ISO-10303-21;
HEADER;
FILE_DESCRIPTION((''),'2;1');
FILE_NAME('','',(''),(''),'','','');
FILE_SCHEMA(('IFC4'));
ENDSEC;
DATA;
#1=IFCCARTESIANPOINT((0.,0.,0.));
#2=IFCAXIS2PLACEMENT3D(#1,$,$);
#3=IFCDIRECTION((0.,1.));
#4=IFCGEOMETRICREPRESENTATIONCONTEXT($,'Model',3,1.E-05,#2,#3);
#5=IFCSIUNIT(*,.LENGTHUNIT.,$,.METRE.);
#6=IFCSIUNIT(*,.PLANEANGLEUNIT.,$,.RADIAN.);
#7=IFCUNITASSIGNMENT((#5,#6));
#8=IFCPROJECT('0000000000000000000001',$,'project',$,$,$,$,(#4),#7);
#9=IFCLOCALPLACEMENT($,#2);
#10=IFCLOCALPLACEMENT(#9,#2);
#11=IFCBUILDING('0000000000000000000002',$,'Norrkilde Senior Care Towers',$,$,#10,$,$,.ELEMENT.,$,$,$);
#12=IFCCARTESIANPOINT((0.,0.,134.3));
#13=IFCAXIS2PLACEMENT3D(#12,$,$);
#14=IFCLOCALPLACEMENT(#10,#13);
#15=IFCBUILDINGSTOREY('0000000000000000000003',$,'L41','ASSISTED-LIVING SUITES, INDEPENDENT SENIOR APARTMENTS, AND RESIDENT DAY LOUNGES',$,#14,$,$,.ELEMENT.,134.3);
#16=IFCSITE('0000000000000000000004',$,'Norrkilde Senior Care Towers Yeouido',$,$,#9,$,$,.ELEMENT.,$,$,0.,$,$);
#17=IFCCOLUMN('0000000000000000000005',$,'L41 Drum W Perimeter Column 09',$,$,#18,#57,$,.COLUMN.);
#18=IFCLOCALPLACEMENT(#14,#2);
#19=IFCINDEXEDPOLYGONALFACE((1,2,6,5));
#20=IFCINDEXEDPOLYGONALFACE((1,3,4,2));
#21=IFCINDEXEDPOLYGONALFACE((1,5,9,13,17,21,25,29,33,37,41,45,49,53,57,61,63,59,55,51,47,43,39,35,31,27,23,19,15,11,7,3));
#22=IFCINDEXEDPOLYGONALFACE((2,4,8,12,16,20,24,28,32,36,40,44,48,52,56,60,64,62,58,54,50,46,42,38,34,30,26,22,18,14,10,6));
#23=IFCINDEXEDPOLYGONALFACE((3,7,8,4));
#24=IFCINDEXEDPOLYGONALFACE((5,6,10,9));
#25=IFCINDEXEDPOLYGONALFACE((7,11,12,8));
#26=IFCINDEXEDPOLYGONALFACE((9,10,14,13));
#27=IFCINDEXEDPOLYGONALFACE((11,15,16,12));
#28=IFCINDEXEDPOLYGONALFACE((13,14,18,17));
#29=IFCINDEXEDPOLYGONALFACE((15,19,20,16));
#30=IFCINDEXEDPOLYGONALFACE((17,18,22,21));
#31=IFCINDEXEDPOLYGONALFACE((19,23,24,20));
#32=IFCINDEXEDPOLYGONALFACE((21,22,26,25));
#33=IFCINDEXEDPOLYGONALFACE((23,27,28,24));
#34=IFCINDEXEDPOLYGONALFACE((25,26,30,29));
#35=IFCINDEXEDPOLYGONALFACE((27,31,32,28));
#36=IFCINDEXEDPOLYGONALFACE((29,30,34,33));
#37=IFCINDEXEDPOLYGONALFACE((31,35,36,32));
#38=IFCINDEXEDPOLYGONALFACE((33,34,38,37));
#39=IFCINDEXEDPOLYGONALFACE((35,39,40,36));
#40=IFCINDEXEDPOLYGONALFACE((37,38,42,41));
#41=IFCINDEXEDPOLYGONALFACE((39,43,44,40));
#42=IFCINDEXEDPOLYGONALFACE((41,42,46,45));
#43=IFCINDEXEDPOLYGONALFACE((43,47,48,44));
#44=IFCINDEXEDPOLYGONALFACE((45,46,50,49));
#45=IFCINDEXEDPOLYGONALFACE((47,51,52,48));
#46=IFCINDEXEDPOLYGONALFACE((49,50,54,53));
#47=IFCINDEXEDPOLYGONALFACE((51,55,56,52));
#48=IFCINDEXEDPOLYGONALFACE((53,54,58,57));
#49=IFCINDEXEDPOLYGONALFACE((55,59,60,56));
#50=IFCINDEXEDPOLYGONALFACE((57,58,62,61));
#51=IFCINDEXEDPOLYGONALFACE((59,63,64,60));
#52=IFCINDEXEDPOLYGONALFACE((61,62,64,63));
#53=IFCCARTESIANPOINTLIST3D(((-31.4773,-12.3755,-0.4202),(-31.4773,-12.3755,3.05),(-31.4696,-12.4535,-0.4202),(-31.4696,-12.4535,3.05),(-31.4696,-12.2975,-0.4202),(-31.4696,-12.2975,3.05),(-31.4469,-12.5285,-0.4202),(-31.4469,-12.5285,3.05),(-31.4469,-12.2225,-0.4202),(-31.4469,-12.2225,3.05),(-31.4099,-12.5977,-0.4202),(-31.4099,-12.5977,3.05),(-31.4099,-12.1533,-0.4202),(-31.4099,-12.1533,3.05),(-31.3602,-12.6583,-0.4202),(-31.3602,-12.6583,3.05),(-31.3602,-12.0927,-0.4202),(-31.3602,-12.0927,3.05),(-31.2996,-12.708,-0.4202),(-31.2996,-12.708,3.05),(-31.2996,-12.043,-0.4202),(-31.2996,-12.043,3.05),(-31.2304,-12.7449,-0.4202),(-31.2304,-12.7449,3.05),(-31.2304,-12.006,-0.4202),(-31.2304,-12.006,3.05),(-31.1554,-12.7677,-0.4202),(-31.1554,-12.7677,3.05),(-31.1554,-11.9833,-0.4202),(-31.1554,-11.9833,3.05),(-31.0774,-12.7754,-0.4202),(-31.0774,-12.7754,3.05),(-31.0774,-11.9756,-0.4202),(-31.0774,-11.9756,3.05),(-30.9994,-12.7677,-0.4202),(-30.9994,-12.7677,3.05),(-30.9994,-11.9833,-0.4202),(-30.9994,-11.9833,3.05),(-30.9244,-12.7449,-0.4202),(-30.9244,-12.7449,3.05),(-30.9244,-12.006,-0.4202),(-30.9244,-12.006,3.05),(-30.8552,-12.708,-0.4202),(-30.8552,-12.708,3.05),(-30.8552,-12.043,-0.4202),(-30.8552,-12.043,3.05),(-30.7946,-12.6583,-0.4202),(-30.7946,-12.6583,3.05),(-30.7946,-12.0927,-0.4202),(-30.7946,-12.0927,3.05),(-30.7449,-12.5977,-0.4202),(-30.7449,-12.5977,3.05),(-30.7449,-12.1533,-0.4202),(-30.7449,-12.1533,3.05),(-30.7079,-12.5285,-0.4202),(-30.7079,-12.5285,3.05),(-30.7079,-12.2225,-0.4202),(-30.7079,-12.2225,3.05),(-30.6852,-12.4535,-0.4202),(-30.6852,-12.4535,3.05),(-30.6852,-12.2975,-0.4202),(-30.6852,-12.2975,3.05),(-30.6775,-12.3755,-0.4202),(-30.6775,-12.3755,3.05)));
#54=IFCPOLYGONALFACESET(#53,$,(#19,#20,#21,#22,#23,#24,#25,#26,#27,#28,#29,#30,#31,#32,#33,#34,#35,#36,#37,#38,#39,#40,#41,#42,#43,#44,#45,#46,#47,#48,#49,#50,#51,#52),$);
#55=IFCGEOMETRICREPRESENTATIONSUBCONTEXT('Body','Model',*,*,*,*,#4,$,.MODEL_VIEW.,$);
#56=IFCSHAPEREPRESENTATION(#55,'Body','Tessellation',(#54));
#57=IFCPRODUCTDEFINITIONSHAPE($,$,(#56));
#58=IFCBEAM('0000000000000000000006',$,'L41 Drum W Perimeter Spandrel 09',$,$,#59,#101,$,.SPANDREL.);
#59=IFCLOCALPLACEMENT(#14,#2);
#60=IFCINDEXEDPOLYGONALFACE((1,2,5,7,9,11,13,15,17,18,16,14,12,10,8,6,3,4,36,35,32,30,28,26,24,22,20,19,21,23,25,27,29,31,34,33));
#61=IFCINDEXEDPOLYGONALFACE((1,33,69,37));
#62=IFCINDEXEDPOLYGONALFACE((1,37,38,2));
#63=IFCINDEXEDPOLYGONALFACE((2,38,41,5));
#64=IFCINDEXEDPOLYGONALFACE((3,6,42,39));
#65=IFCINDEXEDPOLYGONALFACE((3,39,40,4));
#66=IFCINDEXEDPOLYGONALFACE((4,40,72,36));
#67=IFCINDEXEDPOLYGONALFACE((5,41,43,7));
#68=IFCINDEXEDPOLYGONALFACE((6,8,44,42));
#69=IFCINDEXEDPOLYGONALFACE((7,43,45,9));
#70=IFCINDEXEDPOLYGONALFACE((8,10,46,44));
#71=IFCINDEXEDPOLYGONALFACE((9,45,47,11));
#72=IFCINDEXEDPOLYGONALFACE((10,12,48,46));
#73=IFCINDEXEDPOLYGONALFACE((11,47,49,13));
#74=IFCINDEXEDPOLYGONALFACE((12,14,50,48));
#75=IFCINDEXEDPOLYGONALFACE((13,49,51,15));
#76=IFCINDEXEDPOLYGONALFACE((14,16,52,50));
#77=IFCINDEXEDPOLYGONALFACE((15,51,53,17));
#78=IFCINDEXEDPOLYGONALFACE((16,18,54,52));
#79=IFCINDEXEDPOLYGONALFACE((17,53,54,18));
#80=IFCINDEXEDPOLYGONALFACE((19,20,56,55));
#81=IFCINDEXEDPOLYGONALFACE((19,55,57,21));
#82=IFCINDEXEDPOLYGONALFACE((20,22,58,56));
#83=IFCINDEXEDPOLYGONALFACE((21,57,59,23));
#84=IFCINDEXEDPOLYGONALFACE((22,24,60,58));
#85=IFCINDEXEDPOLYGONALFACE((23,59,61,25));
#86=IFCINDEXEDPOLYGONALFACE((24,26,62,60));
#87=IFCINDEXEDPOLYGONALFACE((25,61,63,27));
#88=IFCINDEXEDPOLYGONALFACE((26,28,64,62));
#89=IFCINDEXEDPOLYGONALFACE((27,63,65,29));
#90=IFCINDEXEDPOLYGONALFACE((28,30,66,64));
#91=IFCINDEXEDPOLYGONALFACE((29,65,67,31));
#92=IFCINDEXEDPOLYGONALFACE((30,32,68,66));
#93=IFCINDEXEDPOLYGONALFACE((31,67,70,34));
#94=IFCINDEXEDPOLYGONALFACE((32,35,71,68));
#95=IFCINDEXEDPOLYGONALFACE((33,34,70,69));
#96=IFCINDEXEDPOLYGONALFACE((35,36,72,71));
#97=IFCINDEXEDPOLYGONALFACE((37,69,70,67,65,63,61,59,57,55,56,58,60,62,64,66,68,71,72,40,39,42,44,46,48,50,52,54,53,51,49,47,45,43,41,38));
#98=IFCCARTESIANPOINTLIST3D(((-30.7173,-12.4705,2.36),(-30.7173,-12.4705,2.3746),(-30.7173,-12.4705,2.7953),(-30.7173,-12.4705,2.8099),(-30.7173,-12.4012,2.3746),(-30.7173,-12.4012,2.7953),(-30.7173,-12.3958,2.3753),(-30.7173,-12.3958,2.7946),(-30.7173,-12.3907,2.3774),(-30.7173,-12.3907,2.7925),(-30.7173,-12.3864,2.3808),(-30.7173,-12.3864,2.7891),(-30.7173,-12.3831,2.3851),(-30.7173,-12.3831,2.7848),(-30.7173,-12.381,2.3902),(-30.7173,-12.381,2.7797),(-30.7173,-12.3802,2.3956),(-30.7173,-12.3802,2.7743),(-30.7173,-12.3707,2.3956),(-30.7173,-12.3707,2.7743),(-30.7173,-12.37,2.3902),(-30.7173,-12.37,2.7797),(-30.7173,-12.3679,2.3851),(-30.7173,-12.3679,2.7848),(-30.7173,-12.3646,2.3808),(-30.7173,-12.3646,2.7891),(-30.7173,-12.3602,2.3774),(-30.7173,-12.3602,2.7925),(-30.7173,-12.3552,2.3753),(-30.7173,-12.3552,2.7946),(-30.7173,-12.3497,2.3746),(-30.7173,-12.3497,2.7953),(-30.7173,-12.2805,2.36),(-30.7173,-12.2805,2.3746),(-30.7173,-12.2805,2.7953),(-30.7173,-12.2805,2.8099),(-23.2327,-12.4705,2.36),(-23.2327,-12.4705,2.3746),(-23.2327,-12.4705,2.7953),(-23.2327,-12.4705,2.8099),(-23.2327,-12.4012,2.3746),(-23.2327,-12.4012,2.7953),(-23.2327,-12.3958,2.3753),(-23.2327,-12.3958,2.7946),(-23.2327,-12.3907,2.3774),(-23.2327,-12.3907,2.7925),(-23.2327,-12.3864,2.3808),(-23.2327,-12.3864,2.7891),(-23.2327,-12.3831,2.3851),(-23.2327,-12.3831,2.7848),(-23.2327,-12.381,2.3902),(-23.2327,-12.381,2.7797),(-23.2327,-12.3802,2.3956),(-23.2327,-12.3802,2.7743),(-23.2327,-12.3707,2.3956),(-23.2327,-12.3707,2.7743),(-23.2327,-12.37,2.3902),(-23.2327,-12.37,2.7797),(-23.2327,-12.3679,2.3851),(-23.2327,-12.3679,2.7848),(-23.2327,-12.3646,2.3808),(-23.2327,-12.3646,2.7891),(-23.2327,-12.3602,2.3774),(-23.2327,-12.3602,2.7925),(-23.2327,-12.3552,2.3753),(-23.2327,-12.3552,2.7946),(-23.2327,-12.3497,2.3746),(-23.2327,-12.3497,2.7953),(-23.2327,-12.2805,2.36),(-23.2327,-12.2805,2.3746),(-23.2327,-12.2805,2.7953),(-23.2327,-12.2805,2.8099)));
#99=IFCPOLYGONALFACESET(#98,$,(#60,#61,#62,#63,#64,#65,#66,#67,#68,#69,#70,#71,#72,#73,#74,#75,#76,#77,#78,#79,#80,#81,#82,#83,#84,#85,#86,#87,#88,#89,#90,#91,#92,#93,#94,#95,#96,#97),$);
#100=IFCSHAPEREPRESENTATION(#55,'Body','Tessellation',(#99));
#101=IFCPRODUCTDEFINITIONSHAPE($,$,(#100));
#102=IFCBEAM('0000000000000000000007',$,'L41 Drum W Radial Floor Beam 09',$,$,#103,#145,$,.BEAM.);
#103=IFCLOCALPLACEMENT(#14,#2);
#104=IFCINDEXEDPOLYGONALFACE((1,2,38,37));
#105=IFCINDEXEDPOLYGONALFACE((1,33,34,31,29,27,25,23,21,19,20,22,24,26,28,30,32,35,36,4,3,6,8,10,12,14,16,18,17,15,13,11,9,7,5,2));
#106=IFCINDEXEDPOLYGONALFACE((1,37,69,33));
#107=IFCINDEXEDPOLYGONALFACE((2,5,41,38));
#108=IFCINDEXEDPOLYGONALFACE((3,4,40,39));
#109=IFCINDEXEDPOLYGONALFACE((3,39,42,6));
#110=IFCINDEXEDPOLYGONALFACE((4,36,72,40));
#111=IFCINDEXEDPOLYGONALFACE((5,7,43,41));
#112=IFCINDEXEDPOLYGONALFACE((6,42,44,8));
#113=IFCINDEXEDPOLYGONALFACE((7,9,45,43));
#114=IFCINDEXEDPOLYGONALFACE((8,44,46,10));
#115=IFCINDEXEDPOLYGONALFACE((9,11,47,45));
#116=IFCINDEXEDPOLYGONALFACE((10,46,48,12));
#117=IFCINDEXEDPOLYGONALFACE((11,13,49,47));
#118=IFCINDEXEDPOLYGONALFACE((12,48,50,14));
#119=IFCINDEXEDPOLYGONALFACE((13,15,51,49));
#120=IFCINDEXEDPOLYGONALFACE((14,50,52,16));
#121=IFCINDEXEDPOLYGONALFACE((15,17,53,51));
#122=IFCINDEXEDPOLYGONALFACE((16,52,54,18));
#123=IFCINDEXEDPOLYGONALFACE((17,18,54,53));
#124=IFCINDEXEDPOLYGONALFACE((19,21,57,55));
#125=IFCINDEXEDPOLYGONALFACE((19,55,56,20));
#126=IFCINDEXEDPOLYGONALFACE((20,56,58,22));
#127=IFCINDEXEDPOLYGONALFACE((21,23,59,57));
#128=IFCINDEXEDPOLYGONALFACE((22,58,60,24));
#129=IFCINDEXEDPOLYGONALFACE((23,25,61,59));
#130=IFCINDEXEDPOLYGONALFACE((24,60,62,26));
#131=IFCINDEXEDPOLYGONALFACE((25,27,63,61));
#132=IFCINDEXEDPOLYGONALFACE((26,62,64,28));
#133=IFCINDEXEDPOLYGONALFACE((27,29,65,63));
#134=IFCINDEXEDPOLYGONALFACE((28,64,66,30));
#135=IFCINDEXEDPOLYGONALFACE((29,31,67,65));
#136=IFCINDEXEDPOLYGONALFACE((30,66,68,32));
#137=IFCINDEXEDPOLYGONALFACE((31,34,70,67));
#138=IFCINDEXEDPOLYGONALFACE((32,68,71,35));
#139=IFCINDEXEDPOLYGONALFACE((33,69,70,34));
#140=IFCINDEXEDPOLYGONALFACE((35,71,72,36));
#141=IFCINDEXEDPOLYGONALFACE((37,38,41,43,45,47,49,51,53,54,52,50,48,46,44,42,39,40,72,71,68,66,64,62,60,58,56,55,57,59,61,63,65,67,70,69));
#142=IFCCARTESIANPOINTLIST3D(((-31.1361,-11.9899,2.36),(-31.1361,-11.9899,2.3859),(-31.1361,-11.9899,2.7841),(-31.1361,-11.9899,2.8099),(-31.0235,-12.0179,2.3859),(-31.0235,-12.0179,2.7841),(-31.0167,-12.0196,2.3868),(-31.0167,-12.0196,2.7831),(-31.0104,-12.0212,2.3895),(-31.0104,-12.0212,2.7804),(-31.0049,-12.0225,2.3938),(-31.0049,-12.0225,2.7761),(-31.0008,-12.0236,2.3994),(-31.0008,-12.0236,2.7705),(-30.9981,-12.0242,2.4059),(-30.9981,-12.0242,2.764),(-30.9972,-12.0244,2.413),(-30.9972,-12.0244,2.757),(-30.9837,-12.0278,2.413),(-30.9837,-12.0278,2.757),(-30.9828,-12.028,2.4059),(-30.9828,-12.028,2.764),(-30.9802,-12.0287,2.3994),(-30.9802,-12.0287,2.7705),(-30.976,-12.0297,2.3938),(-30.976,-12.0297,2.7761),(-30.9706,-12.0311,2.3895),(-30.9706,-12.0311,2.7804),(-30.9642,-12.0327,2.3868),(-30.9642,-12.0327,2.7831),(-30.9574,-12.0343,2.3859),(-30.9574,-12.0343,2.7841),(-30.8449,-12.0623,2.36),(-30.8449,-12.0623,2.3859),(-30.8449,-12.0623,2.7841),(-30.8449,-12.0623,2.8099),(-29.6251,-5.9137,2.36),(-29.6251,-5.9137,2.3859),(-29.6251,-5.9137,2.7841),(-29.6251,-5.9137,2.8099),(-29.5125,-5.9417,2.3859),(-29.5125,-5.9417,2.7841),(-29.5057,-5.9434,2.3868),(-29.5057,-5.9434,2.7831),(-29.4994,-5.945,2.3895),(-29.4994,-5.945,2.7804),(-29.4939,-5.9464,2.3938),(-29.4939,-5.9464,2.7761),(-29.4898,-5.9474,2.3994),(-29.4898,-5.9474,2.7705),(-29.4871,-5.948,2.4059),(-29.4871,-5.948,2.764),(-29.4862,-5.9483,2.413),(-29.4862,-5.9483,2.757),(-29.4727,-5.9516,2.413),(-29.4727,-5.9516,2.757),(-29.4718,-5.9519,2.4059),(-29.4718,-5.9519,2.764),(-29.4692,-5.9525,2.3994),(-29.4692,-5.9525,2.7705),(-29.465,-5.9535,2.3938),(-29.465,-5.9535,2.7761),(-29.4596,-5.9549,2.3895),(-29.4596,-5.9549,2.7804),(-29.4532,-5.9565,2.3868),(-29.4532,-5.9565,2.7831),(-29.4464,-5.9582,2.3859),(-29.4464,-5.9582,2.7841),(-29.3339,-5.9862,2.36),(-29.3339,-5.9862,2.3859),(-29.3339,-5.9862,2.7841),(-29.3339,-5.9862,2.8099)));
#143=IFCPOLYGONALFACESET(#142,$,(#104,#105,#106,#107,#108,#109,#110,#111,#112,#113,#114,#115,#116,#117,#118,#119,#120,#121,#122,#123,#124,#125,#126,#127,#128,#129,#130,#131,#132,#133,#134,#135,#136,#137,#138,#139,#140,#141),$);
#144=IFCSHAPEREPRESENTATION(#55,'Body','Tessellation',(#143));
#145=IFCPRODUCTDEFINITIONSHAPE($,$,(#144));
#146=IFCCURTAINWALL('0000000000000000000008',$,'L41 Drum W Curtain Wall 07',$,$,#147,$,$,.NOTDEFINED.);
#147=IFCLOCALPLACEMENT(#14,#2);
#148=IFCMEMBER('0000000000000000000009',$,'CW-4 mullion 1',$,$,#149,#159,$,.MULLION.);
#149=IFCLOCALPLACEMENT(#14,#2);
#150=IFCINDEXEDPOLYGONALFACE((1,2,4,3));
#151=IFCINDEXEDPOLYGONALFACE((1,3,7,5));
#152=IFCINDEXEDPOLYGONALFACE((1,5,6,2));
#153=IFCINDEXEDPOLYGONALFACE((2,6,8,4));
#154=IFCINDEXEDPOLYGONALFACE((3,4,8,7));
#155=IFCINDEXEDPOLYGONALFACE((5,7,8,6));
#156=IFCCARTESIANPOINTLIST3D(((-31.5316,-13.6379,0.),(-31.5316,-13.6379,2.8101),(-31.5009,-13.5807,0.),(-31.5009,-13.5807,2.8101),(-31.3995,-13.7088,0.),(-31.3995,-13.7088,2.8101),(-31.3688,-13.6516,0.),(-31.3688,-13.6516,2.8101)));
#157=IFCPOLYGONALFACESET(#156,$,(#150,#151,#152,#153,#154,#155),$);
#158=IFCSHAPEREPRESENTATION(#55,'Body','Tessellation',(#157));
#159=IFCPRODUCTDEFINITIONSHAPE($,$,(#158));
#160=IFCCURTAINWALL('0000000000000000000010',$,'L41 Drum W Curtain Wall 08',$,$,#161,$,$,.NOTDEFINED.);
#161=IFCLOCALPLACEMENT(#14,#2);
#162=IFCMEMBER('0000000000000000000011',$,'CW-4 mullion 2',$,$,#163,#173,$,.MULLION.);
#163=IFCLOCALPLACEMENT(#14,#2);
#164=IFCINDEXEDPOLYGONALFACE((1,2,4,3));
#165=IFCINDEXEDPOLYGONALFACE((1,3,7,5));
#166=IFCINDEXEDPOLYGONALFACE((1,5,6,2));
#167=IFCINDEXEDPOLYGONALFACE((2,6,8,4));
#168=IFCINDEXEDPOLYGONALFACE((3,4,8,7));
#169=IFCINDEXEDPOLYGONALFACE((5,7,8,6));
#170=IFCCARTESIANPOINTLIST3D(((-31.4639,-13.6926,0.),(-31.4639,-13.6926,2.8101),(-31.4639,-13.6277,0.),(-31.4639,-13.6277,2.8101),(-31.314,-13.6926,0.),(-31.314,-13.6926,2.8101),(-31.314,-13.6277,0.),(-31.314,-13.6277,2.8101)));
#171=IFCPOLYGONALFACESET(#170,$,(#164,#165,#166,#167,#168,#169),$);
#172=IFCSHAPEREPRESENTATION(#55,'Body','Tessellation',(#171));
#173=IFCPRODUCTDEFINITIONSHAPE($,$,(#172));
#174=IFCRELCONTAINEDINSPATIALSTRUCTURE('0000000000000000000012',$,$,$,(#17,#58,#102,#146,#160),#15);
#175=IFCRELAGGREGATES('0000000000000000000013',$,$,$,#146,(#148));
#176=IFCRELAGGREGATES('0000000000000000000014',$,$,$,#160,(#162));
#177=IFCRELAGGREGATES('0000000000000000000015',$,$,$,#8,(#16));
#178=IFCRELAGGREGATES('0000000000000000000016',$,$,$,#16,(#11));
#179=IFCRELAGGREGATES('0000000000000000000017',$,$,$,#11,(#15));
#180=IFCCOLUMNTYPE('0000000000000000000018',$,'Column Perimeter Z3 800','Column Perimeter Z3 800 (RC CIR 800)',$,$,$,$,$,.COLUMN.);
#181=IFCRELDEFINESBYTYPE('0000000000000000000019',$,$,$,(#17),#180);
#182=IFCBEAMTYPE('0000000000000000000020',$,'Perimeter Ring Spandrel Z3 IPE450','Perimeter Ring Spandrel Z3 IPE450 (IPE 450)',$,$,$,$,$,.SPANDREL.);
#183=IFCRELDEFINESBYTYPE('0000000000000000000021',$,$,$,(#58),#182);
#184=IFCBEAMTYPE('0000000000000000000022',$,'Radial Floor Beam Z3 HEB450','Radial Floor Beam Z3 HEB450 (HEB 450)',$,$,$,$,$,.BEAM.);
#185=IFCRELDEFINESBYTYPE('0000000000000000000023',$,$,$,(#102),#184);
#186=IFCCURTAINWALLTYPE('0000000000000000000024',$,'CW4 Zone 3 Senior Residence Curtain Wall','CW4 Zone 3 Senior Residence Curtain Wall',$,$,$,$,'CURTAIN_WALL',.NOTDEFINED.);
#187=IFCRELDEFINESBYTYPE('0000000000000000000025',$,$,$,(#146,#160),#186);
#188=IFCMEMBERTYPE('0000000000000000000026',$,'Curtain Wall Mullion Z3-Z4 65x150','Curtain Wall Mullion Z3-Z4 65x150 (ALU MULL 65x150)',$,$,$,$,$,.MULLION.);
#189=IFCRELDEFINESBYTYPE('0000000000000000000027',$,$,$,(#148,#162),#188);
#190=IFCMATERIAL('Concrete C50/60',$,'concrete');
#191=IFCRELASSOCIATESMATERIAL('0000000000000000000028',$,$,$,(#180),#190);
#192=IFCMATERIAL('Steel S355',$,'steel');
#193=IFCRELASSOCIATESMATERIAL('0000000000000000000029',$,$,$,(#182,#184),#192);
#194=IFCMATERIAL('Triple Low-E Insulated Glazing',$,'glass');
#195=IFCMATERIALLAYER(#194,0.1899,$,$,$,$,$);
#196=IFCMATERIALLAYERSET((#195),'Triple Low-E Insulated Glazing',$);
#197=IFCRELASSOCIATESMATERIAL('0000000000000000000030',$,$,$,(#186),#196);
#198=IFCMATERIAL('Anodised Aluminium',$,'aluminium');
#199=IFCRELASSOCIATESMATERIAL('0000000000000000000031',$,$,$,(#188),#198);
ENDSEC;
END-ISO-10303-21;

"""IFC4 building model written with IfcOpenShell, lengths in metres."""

from ifc_helpers import new_model, si_unit, direction, frame, origin, origin_2d, place, context, subcontext, project, spatial, rectangle, circle, i_section, extrude, source, transform, mapped, material, layer, layer_set, material_profile, profile_set, type_object, type_shapes, element, aggregate, save


model = new_model("IFC4")

# Units and contexts
model_context = context("Model", 3, precision=1e-05, world=origin(), true_north=direction((0.0, 1.0)))
body_context = subcontext(model_context, "Body", "Model", "MODEL_VIEW")
ifc_project = project(units=[si_unit("LENGTHUNIT", "METRE"), si_unit("PLANEANGLEUNIT", "RADIAN")], contexts=[model_context])

# Site, building, storey
site_placement = place(None, origin())
site = spatial("IfcSite", under=ifc_project, at=site_placement, Name="Norrkilde Senior Care Towers Yeouido", CompositionType="ELEMENT", RefElevation=0.0)
building_placement = place(site_placement, origin())
building = spatial("IfcBuilding", under=site, at=building_placement, Name="Norrkilde Senior Care Towers", CompositionType="ELEMENT")
storey_placement = place(building_placement, frame((0.0, 0.0, 134.3)))
storey = spatial("IfcBuildingStorey", under=building, at=storey_placement, Name="L41", Description="ASSISTED-LIVING SUITES, INDEPENDENT SENIOR APARTMENTS, AND RESIDENT DAY LOUNGES", CompositionType="ELEMENT", Elevation=134.3)

# Column
ifc_material_1 = material(Name="Concrete C50/60", Category="concrete")
ifc_material_profile_1 = material_profile(ifc_material_1, circle(Radius=0.3999, at=origin_2d()), Name="RC CIR 800")
ifc_profile_set_1 = profile_set([ifc_material_profile_1], Name="Concrete C50/60")
column_type = type_object("IfcColumnType", Name="Column Perimeter Z3 800", Description="Column Perimeter Z3 800 (RC CIR 800)", PredefinedType="COLUMN", material=ifc_profile_set_1)
shared_shape_1 = source(origin(), body_context, "Body", "SweptSolid", [
    extrude(circle(Radius=0.3999, at=origin_2d()), origin(), (0.0, 0.0, 1.0), 3.4702),
])
type_shapes(column_type, [shared_shape_1])
column_placement = place(storey_placement, frame((-31.0774, -12.3755, -0.4202), z_axis=(0.0, 0.0, 1.0), x_axis=(1.0, 0.0, 0.0)))
element("IfcColumn", 1, at=column_placement, inside=storey, type_object=column_type, Name="L41 Drum W Perimeter Column 09", PredefinedType="COLUMN", context=body_context, shape_type="MappedRepresentation", body=[
    mapped(shared_shape_1, transform((0.0, 0.0, 0.0), x_axis=(1.0, 0.0, 0.0), y_axis=(0.0, 1.0, 0.0), z_axis=(0.0, 0.0, 1.0), scale=1.0)),
])

# Beams
ifc_material_2 = material(Name="Steel S355", Category="steel")
ifc_material_profile_2 = material_profile(ifc_material_2, i_section(OverallWidth=0.1899, OverallDepth=0.45, WebThickness=0.0095, FlangeThickness=0.0146, FilletRadius=0.021, at=origin_2d()), Name="IPE 450")
ifc_profile_set_2 = profile_set([ifc_material_profile_2], Name="Steel S355")
beam_type_1 = type_object("IfcBeamType", Name="Perimeter Ring Spandrel Z3 IPE450", Description="Perimeter Ring Spandrel Z3 IPE450 (IPE 450)", PredefinedType="SPANDREL", material=ifc_profile_set_2)
shared_shape_2 = source(origin(), body_context, "Body", "SweptSolid", [
    extrude(i_section(OverallWidth=0.1899, OverallDepth=0.45, WebThickness=0.0095, FlangeThickness=0.0146, FilletRadius=0.021, at=origin_2d()), origin(), (0.0, 0.0, 1.0), 7.4846),
])
type_shapes(beam_type_1, [shared_shape_2])
beam_1_placement = place(storey_placement, frame((-30.7173, -12.3755, 2.585), z_axis=(1.0, 0.0, 0.0), x_axis=(0.0, 1.0, 0.0)))
element("IfcBeam", 2, at=beam_1_placement, inside=storey, type_object=beam_type_1, Name="L41 Drum W Perimeter Spandrel 09", PredefinedType="SPANDREL", context=body_context, shape_type="MappedRepresentation", body=[
    mapped(shared_shape_2, transform((0.0, 0.0, 0.0), x_axis=(1.0, 0.0, 0.0), y_axis=(0.0, 1.0, 0.0), z_axis=(0.0, 0.0, 1.0), scale=1.0)),
])
ifc_material_profile_3 = material_profile(ifc_material_2, i_section(OverallWidth=0.3, OverallDepth=0.45, WebThickness=0.0139, FlangeThickness=0.0259, FilletRadius=0.0271, at=origin_2d()), Name="HEB 450")
ifc_profile_set_3 = profile_set([ifc_material_profile_3], Name="Steel S355")
beam_type_2 = type_object("IfcBeamType", Name="Radial Floor Beam Z3 HEB450", Description="Radial Floor Beam Z3 HEB450 (HEB 450)", PredefinedType="BEAM", material=ifc_profile_set_3)
shared_shape_3 = source(origin(), body_context, "Body", "SweptSolid", [
    extrude(i_section(OverallWidth=0.3, OverallDepth=0.45, WebThickness=0.0139, FlangeThickness=0.0259, FilletRadius=0.0271, at=origin_2d()), origin(), (0.0, 0.0, 1.0), 6.2612),
])
type_shapes(beam_type_2, [shared_shape_3])
beam_2_placement = place(storey_placement, frame((-29.4795, -5.95, 2.585), z_axis=(-0.241324, -0.970445, 0.0), x_axis=(0.970445, -0.241324, 0.0)))
element("IfcBeam", 3, at=beam_2_placement, inside=storey, type_object=beam_type_2, Name="L41 Drum W Radial Floor Beam 09", PredefinedType="BEAM", context=body_context, shape_type="MappedRepresentation", body=[
    mapped(shared_shape_3, transform((0.0, 0.0, 0.0), x_axis=(1.0, 0.0, 0.0), y_axis=(0.0, 1.0, 0.0), z_axis=(0.0, 0.0, 1.0), scale=1.0)),
])

# Curtain walls, members
ifc_material_3 = material(Name="Triple Low-E Insulated Glazing", Category="glass")
ifc_layer_1 = layer(ifc_material_3, 0.1899)
ifc_layer_set_1 = layer_set([ifc_layer_1], Name="Triple Low-E Insulated Glazing")
curtain_wall_type = type_object("IfcCurtainWallType", Name="CW4 Zone 3 Senior Residence Curtain Wall", Description="CW4 Zone 3 Senior Residence Curtain Wall", ElementType="CURTAIN_WALL", PredefinedType="NOTDEFINED", material=ifc_layer_set_1)
curtain_wall_1_placement = place(storey_placement, origin())
curtain_wall_1 = element("IfcCurtainWall", 4, at=curtain_wall_1_placement, inside=storey, type_object=curtain_wall_type, Name="L41 Drum W Curtain Wall 07", PredefinedType="NOTDEFINED")
ifc_material_4 = material(Name="Anodised Aluminium", Category="aluminium")
ifc_material_profile_4 = material_profile(ifc_material_4, rectangle(XDim=0.0649, YDim=0.1499, at=origin_2d()), Name="ALU MULL 65x150")
ifc_profile_set_4 = profile_set([ifc_material_profile_4], Name="Anodised Aluminium")
member_type_1 = type_object("IfcMemberType", Name="Curtain Wall Mullion Z3-Z4 65x150", Description="Curtain Wall Mullion Z3-Z4 65x150 (ALU MULL 65x150)", PredefinedType="MULLION", material=ifc_profile_set_4)
shared_shape_4 = source(origin(), body_context, "Body", "SweptSolid", [
    extrude(rectangle(XDim=0.0649, YDim=0.1499, at=origin_2d()), origin(), (0.0, 0.0, 1.0), 2.8101),
])
type_shapes(member_type_1, [shared_shape_4])
member_1_placement = place(storey_placement, frame((-31.4502, -13.6448, 0.0), z_axis=(0.0, 0.0, 1.0), x_axis=(-0.473117, -0.881, 0.0)))
member_1 = element("IfcMember", 5, at=member_1_placement, type_object=member_type_1, Name="CW-4 mullion 1", PredefinedType="MULLION", context=body_context, shape_type="MappedRepresentation", body=[
    mapped(shared_shape_4, transform((0.0, 0.0, 0.0), x_axis=(1.0, 0.0, 0.0), y_axis=(0.0, 1.0, 0.0), z_axis=(0.0, 0.0, 1.0), scale=1.0)),
])
curtain_wall_2_placement = place(storey_placement, origin())
curtain_wall_2 = element("IfcCurtainWall", 6, at=curtain_wall_2_placement, inside=storey, type_object=curtain_wall_type, Name="L41 Drum W Curtain Wall 08", PredefinedType="NOTDEFINED")
member_2_placement = place(storey_placement, frame((-31.3889, -13.6602, 0.0), z_axis=(0.0, 0.0, 1.0), x_axis=(0.0, -1.0, 0.0)))
member_2 = element("IfcMember", 7, at=member_2_placement, type_object=member_type_1, Name="CW-4 mullion 2", PredefinedType="MULLION", context=body_context, shape_type="MappedRepresentation", body=[
    mapped(shared_shape_4, transform((0.0, 0.0, 0.0), x_axis=(1.0, 0.0, 0.0), y_axis=(0.0, 1.0, 0.0), z_axis=(0.0, 0.0, 1.0), scale=1.0)),
])

aggregate(curtain_wall_1, [member_1])

aggregate(curtain_wall_2, [member_2])

save(model, "model.ifc")
